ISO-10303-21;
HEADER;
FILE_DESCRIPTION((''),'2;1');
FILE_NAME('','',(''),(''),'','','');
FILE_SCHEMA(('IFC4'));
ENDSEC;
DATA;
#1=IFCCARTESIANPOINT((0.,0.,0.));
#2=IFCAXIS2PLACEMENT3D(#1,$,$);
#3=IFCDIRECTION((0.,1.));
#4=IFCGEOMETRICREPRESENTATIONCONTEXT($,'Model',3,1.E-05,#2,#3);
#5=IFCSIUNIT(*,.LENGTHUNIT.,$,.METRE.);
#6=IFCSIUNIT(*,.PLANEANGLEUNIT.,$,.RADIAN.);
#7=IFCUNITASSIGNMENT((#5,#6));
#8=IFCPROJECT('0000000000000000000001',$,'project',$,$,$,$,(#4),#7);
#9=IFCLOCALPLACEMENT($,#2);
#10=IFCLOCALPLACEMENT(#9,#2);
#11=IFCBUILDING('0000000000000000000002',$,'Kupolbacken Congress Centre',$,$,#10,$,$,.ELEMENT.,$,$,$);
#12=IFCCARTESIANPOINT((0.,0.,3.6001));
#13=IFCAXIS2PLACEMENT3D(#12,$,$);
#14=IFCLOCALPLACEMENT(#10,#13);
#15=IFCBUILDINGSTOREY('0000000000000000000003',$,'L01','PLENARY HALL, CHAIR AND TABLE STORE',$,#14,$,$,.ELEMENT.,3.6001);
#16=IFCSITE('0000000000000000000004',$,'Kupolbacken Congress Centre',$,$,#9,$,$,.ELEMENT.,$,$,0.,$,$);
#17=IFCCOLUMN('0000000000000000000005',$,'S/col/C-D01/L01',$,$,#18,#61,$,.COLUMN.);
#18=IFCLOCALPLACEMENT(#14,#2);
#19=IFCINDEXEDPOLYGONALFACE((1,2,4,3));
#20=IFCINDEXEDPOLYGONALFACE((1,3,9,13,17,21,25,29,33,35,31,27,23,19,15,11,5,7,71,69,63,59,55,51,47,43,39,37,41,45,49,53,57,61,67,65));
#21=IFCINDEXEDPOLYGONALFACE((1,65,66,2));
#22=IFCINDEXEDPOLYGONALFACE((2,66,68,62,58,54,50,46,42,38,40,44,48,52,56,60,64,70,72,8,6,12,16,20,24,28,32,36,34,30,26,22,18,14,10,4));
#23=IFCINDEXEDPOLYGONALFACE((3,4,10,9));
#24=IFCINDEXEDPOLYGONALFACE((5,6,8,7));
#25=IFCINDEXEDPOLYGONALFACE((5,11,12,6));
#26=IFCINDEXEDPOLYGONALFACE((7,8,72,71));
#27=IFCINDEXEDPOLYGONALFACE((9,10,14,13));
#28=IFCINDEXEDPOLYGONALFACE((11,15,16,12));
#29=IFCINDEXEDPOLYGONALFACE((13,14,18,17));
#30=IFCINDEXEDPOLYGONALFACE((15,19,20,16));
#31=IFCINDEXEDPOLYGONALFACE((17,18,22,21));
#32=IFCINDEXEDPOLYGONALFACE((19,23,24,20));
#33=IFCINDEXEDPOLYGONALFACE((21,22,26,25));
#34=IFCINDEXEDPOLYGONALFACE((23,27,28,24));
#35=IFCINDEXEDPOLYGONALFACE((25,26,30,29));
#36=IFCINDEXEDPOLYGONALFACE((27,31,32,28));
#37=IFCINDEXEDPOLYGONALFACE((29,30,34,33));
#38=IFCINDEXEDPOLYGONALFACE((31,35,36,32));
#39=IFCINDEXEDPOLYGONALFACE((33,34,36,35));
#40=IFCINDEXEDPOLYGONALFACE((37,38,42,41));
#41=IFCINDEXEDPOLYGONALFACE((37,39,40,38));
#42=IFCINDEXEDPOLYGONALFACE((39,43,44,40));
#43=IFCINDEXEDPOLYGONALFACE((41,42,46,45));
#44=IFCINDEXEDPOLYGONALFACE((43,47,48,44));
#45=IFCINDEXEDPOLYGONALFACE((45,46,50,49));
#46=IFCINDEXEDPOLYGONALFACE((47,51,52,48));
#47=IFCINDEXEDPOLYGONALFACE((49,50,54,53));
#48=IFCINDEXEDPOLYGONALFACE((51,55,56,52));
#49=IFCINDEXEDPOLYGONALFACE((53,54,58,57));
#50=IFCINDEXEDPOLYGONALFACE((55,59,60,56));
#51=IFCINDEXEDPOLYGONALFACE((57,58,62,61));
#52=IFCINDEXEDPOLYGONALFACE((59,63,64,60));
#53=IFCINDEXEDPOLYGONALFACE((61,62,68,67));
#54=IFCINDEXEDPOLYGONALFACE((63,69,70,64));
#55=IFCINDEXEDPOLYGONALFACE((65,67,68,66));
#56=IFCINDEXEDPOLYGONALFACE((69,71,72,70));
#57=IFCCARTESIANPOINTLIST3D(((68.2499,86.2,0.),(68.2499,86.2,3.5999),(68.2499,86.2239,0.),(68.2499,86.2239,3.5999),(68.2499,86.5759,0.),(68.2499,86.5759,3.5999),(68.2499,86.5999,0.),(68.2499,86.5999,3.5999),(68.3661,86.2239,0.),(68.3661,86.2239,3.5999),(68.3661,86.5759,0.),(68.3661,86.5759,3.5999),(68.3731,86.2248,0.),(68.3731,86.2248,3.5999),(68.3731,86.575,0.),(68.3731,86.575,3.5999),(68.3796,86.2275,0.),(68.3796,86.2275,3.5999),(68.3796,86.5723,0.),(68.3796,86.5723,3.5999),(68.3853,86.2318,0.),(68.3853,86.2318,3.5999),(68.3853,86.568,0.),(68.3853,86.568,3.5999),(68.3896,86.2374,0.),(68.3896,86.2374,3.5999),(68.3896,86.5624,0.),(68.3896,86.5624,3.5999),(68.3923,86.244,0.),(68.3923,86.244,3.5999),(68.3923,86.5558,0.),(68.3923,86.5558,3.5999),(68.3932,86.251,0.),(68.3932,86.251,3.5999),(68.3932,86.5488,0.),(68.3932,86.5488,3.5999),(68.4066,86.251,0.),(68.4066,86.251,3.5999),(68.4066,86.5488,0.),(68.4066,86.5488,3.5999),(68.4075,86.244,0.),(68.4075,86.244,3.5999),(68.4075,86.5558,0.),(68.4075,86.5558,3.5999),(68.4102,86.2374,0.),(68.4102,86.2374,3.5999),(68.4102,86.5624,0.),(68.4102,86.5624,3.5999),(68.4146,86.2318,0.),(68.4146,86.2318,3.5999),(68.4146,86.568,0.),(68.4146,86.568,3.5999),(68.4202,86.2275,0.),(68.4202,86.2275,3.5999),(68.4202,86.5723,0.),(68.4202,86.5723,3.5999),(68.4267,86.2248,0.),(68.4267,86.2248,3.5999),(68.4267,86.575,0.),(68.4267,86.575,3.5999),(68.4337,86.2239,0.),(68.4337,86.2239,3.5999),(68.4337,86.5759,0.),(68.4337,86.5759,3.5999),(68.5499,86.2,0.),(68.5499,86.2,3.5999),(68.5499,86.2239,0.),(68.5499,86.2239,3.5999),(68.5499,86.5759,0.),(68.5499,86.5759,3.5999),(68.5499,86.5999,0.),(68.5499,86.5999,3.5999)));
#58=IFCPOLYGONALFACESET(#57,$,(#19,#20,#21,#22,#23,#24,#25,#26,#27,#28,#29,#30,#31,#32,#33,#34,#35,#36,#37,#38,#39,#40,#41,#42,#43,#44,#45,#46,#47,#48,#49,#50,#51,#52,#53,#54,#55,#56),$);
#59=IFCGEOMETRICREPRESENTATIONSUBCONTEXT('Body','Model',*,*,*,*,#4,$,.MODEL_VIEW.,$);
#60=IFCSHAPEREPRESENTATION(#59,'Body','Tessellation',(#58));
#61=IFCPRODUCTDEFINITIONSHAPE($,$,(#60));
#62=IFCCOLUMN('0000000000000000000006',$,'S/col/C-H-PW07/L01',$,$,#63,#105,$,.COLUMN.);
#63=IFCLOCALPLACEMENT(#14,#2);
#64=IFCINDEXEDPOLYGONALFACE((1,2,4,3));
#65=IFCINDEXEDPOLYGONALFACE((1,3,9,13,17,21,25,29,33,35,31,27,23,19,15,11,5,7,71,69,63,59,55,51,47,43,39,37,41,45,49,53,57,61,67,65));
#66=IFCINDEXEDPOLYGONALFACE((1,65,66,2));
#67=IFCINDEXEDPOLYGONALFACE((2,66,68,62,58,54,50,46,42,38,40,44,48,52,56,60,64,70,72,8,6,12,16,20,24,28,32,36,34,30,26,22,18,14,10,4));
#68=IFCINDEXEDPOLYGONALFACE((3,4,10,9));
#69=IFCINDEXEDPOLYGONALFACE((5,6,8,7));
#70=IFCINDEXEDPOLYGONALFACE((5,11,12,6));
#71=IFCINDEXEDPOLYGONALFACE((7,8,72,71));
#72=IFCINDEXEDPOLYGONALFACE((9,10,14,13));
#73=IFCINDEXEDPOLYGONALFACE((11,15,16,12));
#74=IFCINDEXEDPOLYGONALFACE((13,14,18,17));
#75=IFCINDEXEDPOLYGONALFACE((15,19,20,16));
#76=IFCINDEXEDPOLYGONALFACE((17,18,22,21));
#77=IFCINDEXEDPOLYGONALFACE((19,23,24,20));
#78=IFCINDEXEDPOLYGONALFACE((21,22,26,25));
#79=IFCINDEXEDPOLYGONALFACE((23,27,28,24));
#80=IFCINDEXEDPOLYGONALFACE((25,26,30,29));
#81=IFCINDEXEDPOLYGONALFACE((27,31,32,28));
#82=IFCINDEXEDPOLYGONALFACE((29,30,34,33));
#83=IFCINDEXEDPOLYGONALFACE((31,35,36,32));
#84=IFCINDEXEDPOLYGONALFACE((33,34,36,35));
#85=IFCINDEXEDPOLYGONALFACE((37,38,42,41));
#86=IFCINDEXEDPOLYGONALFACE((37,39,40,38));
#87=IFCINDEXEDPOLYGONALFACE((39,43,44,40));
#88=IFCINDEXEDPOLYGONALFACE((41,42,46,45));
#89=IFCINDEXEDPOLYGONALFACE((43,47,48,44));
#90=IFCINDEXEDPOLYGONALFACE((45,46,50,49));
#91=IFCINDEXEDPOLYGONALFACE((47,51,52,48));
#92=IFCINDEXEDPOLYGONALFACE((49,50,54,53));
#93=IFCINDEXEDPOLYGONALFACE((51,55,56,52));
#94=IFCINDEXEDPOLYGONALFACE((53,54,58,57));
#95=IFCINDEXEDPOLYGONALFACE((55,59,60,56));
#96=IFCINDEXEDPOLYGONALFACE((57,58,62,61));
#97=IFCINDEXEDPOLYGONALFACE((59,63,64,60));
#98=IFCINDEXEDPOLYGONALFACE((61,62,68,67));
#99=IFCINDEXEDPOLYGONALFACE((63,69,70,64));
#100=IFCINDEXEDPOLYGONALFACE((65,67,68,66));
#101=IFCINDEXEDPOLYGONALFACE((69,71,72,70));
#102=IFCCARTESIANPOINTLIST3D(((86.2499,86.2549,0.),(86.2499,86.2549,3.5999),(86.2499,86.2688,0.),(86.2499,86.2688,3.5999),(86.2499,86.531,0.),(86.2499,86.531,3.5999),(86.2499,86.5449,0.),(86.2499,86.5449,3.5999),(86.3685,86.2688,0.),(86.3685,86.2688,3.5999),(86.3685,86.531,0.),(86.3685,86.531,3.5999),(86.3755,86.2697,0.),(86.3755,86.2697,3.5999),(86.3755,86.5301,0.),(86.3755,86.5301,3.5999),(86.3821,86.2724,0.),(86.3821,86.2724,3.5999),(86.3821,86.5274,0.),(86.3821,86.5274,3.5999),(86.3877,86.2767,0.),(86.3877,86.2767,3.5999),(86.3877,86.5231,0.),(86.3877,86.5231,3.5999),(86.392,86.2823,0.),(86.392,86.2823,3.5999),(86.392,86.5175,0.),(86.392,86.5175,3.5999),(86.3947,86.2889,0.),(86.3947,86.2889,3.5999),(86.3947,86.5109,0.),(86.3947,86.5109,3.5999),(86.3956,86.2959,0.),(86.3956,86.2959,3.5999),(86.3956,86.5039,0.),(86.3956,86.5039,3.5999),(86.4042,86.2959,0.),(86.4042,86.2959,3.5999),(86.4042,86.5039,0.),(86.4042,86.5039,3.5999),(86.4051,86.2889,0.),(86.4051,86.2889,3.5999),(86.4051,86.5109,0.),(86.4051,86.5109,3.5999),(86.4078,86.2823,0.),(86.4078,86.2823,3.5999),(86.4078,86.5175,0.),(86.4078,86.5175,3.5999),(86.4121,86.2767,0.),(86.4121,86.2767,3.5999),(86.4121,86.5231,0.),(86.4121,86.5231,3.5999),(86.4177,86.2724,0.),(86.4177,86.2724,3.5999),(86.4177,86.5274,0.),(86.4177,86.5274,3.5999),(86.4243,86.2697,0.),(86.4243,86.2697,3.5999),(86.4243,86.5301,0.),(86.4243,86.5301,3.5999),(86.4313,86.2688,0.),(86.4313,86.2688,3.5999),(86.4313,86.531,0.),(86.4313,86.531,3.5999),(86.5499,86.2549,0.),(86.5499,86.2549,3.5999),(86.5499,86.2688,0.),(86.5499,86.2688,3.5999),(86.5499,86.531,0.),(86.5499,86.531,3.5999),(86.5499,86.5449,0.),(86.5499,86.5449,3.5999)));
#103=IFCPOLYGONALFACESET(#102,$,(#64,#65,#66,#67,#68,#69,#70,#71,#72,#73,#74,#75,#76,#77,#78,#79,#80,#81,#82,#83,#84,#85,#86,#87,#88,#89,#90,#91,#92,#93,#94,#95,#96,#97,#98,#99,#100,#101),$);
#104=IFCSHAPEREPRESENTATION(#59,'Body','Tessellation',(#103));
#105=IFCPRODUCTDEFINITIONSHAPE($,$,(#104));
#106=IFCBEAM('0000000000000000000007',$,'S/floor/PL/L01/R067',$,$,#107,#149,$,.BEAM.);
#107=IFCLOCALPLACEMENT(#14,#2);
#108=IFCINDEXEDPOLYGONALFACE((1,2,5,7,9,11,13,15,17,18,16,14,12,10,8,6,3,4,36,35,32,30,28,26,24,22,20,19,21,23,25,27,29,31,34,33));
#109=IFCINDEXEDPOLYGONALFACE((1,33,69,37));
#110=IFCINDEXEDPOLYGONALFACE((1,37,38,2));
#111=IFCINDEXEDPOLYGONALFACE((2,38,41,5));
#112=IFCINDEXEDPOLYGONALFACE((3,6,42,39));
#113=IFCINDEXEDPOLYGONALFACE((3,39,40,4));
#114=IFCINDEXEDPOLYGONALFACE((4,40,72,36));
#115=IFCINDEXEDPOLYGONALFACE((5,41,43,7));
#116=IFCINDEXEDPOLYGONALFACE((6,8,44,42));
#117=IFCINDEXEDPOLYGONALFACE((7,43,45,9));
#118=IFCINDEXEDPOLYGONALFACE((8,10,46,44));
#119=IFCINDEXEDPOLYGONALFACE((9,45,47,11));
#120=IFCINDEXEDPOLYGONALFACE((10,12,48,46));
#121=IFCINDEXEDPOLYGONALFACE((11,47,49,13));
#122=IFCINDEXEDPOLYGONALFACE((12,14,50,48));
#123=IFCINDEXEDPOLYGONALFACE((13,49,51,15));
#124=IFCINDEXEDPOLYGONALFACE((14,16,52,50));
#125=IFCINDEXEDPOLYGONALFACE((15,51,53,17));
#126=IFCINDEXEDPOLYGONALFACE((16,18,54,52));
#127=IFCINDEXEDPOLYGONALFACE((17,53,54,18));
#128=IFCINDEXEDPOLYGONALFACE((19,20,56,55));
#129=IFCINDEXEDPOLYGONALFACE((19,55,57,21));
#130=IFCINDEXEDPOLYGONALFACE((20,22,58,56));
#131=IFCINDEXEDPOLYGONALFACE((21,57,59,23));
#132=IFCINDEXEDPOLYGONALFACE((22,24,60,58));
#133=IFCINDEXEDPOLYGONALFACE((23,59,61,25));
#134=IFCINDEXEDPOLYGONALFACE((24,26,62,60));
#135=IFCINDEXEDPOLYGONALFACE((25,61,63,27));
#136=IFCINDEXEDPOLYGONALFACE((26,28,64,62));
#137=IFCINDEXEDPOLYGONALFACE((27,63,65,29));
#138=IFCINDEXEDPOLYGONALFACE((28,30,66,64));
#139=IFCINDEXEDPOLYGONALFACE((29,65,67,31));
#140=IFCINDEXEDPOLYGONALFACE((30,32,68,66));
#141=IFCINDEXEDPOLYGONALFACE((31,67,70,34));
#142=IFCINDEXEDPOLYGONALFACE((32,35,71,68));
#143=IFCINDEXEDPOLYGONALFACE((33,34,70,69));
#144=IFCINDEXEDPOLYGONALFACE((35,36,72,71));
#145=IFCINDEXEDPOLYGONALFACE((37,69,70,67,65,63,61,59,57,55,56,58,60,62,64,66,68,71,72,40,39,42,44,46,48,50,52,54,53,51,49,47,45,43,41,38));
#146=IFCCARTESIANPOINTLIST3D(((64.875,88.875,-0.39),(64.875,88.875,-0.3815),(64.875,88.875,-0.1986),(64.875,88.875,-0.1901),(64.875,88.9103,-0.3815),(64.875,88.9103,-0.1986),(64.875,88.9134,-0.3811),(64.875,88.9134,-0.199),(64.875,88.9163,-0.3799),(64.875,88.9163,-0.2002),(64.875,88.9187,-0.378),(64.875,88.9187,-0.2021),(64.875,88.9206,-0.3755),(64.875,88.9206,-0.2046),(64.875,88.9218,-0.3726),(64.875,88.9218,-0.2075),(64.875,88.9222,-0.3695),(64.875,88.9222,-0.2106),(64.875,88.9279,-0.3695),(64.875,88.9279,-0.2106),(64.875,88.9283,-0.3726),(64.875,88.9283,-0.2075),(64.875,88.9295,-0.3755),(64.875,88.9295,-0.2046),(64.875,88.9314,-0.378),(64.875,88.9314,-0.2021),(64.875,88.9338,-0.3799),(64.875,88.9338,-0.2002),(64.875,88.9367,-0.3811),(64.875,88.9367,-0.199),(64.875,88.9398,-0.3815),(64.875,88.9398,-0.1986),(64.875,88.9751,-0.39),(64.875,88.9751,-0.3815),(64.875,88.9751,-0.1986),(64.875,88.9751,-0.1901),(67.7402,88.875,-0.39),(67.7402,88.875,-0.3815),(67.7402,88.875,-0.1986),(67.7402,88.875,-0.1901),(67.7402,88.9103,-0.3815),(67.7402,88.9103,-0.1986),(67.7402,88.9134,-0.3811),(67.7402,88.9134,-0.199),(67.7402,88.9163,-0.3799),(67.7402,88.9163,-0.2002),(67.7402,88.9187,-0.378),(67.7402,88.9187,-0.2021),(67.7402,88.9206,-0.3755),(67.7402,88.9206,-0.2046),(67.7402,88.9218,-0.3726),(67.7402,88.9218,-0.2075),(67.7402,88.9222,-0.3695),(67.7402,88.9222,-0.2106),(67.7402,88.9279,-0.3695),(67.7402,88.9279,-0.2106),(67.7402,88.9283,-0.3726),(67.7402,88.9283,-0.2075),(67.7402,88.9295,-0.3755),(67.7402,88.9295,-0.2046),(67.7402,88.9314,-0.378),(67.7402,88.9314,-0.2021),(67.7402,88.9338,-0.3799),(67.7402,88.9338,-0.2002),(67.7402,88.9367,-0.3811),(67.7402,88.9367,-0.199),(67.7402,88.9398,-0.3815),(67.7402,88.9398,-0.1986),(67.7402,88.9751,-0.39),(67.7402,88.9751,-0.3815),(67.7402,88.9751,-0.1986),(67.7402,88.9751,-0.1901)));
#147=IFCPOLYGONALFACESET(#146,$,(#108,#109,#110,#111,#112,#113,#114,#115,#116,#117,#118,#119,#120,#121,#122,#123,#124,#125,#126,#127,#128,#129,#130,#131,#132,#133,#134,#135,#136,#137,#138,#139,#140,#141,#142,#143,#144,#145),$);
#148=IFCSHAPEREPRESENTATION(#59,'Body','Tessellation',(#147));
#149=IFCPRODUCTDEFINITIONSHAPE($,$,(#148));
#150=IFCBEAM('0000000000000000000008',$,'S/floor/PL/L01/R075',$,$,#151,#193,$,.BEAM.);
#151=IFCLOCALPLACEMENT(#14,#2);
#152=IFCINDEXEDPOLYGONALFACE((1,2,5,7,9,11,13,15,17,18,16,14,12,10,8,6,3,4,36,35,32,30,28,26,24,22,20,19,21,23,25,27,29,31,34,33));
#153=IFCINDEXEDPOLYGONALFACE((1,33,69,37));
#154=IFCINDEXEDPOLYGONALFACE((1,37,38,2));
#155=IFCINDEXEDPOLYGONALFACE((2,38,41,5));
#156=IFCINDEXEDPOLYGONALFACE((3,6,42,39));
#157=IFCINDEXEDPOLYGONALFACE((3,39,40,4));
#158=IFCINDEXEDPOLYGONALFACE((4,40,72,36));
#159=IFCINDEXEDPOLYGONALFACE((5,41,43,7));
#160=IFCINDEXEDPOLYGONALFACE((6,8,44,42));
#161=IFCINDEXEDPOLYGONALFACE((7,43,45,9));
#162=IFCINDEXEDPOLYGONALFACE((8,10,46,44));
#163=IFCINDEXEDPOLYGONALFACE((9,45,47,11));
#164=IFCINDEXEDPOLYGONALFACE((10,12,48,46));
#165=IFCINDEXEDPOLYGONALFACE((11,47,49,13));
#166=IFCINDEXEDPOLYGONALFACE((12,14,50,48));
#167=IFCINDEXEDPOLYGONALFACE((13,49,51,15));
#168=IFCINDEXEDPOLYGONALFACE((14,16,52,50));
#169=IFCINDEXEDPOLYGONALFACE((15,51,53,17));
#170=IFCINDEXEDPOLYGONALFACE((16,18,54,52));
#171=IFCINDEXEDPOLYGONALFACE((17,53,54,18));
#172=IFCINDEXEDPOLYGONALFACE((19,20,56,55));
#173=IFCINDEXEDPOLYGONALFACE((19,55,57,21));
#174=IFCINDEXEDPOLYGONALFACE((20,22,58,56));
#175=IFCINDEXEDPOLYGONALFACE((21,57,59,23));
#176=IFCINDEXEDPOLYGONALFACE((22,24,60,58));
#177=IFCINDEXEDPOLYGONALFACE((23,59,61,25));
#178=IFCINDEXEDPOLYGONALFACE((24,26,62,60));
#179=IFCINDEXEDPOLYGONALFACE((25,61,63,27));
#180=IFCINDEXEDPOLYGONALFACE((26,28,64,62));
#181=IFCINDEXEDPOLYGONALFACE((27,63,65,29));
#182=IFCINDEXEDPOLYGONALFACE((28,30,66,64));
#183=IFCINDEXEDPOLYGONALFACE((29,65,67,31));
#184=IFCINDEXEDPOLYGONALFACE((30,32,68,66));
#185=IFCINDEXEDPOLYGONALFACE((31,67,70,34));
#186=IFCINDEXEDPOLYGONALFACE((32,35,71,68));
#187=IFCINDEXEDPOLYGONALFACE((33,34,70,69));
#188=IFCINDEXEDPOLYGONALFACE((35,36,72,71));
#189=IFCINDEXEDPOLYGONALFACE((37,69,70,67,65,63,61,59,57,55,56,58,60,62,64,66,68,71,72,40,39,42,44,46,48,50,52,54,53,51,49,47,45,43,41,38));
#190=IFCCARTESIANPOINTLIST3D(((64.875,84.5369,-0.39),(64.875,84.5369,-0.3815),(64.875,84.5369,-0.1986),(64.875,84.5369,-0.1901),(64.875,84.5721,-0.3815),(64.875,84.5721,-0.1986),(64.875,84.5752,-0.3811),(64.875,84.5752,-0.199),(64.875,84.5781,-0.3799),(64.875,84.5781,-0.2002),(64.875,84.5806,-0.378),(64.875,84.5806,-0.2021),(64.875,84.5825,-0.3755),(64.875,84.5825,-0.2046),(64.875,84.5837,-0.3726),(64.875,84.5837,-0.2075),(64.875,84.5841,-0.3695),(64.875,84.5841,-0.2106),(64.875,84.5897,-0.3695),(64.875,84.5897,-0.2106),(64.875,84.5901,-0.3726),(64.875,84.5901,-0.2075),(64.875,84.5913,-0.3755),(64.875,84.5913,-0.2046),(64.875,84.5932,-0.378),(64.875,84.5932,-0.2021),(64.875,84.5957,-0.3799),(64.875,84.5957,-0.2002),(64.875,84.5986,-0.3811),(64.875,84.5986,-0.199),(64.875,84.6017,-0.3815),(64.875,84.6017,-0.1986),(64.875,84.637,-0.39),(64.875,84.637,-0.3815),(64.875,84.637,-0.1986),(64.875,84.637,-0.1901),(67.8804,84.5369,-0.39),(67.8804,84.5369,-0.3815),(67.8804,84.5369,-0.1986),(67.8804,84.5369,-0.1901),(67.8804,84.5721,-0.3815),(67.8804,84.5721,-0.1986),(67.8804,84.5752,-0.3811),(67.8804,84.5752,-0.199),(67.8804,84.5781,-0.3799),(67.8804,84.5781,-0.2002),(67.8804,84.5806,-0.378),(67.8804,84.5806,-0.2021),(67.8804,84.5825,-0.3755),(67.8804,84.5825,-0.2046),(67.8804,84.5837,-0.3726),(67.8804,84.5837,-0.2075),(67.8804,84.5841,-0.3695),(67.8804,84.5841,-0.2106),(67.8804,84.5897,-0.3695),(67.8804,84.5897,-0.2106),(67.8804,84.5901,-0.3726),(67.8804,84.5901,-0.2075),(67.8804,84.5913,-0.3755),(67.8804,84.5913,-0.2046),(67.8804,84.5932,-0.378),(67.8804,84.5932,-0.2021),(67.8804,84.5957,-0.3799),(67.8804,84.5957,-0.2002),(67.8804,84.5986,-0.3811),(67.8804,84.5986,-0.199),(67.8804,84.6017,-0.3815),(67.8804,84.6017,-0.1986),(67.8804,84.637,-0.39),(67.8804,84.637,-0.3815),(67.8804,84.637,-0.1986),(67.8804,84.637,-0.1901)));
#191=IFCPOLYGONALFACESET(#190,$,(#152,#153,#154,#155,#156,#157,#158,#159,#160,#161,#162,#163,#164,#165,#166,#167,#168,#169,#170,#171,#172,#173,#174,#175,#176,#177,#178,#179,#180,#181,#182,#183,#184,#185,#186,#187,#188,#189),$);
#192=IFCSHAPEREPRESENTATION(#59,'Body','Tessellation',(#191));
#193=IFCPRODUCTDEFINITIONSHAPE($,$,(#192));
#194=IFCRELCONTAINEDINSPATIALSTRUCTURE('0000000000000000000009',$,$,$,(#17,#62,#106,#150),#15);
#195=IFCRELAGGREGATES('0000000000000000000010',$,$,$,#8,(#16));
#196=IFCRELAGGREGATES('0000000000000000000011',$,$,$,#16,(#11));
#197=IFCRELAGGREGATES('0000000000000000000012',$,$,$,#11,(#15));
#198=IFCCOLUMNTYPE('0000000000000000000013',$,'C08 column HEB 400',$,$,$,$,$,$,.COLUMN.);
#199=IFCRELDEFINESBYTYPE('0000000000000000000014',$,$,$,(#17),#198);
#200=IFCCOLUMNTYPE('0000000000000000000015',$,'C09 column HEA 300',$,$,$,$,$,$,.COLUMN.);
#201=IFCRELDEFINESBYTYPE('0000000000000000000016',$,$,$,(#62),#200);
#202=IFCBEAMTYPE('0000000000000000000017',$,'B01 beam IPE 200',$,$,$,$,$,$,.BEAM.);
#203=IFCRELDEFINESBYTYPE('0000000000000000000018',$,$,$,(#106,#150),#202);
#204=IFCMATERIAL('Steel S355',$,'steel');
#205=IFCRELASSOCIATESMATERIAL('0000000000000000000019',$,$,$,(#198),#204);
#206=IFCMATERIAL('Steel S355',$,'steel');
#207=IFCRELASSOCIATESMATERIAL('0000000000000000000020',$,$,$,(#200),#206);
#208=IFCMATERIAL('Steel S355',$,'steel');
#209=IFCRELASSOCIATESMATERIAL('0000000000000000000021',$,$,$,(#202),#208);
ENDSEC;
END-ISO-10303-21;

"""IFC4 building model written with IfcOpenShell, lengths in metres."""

from ifc_helpers import new_model, si_unit, direction, frame, origin, origin_2d, place, context, subcontext, project, spatial, i_section, extrude, material, material_profile, profile_set, type_object, element, save


model = new_model("IFC4")

# Units and contexts
model_context = context("Model", 3, precision=1e-05, world=origin(), true_north=direction((0.0, 1.0)))
body_context = subcontext(model_context, "Body", "Model", "MODEL_VIEW")
ifc_project = project(units=[si_unit("LENGTHUNIT", "METRE"), si_unit("PLANEANGLEUNIT", "RADIAN")], contexts=[model_context])

# Site, building, storey
site_placement = place(None, origin())
site = spatial("IfcSite", under=ifc_project, at=site_placement, Name="Kupolbacken Congress Centre", CompositionType="ELEMENT", RefElevation=0.0)
building_placement = place(site_placement, origin())
building = spatial("IfcBuilding", under=site, at=building_placement, Name="Kupolbacken Congress Centre", CompositionType="ELEMENT")
storey_placement = place(building_placement, frame((0.0, 0.0, 3.6001)))
storey = spatial("IfcBuildingStorey", under=building, at=storey_placement, Name="L01", Description="PLENARY HALL, CHAIR AND TABLE STORE", CompositionType="ELEMENT", Elevation=3.6001)

# Columns
ifc_material_1 = material(Name="Steel S355", Category="steel")
ifc_material_profile_1 = material_profile(ifc_material_1, i_section(OverallWidth=0.3, OverallDepth=0.3999, WebThickness=0.0134, FlangeThickness=0.0239, FilletRadius=0.0271, at=origin_2d()), Name="HEB 400")
ifc_profile_set_1 = profile_set([ifc_material_profile_1], Name="Steel S355")
column_type_1 = type_object("IfcColumnType", Name="C08 column HEB 400", PredefinedType="COLUMN", material=ifc_profile_set_1)
column_1_placement = place(storey_placement, frame((68.3999, 86.3999, 0.0), z_axis=(0.0, 0.0, 1.0), x_axis=(1.0, 0.0, 0.0)))
element("IfcColumn", 1, at=column_1_placement, inside=storey, type_object=column_type_1, Name="S/col/C-D01/L01", PredefinedType="COLUMN", context=body_context, shape_type="SweptSolid", body=[
    extrude(i_section(OverallWidth=0.3, OverallDepth=0.3999, WebThickness=0.0134, FlangeThickness=0.0239, FilletRadius=0.0271, at=origin_2d()), origin(), (0.0, 0.0, 1.0), 3.5999),
])
ifc_material_2 = material(Name="Steel S355", Category="steel")
ifc_material_profile_2 = material_profile(ifc_material_2, i_section(OverallWidth=0.3, OverallDepth=0.29, WebThickness=0.0085, FlangeThickness=0.0139, FilletRadius=0.0271, at=origin_2d()), Name="HEA 300")
ifc_profile_set_2 = profile_set([ifc_material_profile_2], Name="Steel S355")
column_type_2 = type_object("IfcColumnType", Name="C09 column HEA 300", PredefinedType="COLUMN", material=ifc_profile_set_2)
column_2_placement = place(storey_placement, frame((86.3999, 86.3999, 0.0), z_axis=(0.0, 0.0, 1.0), x_axis=(1.0, 0.0, 0.0)))
element("IfcColumn", 2, at=column_2_placement, inside=storey, type_object=column_type_2, Name="S/col/C-H-PW07/L01", PredefinedType="COLUMN", context=body_context, shape_type="SweptSolid", body=[
    extrude(i_section(OverallWidth=0.3, OverallDepth=0.29, WebThickness=0.0085, FlangeThickness=0.0139, FilletRadius=0.0271, at=origin_2d()), origin(), (0.0, 0.0, 1.0), 3.5999),
])

# Beams
ifc_material_3 = material(Name="Steel S355", Category="steel")
ifc_material_profile_3 = material_profile(ifc_material_3, i_section(OverallWidth=0.1001, OverallDepth=0.2, WebThickness=0.0056, FlangeThickness=0.0085, FilletRadius=0.012, at=origin_2d()), Name="IPE 200")
ifc_profile_set_3 = profile_set([ifc_material_profile_3], Name="Steel S355")
beam_type_1 = type_object("IfcBeamType", Name="B01 beam IPE 200", PredefinedType="BEAM", material=ifc_profile_set_3)
beam_1_placement = place(storey_placement, frame((64.875, 88.925, -0.29), z_axis=(1.0, 0.0, 0.0), x_axis=(0.0, 1.0, 0.0)))
element("IfcBeam", 3, at=beam_1_placement, inside=storey, type_object=beam_type_1, Name="S/floor/PL/L01/R067", PredefinedType="BEAM", context=body_context, shape_type="SweptSolid", body=[
    extrude(i_section(OverallWidth=0.1001, OverallDepth=0.2, WebThickness=0.0056, FlangeThickness=0.0085, FilletRadius=0.012, at=origin_2d()), origin(), (0.0, 0.0, 1.0), 2.8652),
])
beam_2_placement = place(storey_placement, frame((64.875, 84.5869, -0.29), z_axis=(1.0, 0.0, 0.0), x_axis=(0.0, 1.0, 0.0)))
element("IfcBeam", 4, at=beam_2_placement, inside=storey, type_object=beam_type_1, Name="S/floor/PL/L01/R075", PredefinedType="BEAM", context=body_context, shape_type="SweptSolid", body=[
    extrude(i_section(OverallWidth=0.1001, OverallDepth=0.2, WebThickness=0.0056, FlangeThickness=0.0085, FilletRadius=0.012, at=origin_2d()), origin(), (0.0, 0.0, 1.0), 3.0054),
])

save(model, "model.ifc")
